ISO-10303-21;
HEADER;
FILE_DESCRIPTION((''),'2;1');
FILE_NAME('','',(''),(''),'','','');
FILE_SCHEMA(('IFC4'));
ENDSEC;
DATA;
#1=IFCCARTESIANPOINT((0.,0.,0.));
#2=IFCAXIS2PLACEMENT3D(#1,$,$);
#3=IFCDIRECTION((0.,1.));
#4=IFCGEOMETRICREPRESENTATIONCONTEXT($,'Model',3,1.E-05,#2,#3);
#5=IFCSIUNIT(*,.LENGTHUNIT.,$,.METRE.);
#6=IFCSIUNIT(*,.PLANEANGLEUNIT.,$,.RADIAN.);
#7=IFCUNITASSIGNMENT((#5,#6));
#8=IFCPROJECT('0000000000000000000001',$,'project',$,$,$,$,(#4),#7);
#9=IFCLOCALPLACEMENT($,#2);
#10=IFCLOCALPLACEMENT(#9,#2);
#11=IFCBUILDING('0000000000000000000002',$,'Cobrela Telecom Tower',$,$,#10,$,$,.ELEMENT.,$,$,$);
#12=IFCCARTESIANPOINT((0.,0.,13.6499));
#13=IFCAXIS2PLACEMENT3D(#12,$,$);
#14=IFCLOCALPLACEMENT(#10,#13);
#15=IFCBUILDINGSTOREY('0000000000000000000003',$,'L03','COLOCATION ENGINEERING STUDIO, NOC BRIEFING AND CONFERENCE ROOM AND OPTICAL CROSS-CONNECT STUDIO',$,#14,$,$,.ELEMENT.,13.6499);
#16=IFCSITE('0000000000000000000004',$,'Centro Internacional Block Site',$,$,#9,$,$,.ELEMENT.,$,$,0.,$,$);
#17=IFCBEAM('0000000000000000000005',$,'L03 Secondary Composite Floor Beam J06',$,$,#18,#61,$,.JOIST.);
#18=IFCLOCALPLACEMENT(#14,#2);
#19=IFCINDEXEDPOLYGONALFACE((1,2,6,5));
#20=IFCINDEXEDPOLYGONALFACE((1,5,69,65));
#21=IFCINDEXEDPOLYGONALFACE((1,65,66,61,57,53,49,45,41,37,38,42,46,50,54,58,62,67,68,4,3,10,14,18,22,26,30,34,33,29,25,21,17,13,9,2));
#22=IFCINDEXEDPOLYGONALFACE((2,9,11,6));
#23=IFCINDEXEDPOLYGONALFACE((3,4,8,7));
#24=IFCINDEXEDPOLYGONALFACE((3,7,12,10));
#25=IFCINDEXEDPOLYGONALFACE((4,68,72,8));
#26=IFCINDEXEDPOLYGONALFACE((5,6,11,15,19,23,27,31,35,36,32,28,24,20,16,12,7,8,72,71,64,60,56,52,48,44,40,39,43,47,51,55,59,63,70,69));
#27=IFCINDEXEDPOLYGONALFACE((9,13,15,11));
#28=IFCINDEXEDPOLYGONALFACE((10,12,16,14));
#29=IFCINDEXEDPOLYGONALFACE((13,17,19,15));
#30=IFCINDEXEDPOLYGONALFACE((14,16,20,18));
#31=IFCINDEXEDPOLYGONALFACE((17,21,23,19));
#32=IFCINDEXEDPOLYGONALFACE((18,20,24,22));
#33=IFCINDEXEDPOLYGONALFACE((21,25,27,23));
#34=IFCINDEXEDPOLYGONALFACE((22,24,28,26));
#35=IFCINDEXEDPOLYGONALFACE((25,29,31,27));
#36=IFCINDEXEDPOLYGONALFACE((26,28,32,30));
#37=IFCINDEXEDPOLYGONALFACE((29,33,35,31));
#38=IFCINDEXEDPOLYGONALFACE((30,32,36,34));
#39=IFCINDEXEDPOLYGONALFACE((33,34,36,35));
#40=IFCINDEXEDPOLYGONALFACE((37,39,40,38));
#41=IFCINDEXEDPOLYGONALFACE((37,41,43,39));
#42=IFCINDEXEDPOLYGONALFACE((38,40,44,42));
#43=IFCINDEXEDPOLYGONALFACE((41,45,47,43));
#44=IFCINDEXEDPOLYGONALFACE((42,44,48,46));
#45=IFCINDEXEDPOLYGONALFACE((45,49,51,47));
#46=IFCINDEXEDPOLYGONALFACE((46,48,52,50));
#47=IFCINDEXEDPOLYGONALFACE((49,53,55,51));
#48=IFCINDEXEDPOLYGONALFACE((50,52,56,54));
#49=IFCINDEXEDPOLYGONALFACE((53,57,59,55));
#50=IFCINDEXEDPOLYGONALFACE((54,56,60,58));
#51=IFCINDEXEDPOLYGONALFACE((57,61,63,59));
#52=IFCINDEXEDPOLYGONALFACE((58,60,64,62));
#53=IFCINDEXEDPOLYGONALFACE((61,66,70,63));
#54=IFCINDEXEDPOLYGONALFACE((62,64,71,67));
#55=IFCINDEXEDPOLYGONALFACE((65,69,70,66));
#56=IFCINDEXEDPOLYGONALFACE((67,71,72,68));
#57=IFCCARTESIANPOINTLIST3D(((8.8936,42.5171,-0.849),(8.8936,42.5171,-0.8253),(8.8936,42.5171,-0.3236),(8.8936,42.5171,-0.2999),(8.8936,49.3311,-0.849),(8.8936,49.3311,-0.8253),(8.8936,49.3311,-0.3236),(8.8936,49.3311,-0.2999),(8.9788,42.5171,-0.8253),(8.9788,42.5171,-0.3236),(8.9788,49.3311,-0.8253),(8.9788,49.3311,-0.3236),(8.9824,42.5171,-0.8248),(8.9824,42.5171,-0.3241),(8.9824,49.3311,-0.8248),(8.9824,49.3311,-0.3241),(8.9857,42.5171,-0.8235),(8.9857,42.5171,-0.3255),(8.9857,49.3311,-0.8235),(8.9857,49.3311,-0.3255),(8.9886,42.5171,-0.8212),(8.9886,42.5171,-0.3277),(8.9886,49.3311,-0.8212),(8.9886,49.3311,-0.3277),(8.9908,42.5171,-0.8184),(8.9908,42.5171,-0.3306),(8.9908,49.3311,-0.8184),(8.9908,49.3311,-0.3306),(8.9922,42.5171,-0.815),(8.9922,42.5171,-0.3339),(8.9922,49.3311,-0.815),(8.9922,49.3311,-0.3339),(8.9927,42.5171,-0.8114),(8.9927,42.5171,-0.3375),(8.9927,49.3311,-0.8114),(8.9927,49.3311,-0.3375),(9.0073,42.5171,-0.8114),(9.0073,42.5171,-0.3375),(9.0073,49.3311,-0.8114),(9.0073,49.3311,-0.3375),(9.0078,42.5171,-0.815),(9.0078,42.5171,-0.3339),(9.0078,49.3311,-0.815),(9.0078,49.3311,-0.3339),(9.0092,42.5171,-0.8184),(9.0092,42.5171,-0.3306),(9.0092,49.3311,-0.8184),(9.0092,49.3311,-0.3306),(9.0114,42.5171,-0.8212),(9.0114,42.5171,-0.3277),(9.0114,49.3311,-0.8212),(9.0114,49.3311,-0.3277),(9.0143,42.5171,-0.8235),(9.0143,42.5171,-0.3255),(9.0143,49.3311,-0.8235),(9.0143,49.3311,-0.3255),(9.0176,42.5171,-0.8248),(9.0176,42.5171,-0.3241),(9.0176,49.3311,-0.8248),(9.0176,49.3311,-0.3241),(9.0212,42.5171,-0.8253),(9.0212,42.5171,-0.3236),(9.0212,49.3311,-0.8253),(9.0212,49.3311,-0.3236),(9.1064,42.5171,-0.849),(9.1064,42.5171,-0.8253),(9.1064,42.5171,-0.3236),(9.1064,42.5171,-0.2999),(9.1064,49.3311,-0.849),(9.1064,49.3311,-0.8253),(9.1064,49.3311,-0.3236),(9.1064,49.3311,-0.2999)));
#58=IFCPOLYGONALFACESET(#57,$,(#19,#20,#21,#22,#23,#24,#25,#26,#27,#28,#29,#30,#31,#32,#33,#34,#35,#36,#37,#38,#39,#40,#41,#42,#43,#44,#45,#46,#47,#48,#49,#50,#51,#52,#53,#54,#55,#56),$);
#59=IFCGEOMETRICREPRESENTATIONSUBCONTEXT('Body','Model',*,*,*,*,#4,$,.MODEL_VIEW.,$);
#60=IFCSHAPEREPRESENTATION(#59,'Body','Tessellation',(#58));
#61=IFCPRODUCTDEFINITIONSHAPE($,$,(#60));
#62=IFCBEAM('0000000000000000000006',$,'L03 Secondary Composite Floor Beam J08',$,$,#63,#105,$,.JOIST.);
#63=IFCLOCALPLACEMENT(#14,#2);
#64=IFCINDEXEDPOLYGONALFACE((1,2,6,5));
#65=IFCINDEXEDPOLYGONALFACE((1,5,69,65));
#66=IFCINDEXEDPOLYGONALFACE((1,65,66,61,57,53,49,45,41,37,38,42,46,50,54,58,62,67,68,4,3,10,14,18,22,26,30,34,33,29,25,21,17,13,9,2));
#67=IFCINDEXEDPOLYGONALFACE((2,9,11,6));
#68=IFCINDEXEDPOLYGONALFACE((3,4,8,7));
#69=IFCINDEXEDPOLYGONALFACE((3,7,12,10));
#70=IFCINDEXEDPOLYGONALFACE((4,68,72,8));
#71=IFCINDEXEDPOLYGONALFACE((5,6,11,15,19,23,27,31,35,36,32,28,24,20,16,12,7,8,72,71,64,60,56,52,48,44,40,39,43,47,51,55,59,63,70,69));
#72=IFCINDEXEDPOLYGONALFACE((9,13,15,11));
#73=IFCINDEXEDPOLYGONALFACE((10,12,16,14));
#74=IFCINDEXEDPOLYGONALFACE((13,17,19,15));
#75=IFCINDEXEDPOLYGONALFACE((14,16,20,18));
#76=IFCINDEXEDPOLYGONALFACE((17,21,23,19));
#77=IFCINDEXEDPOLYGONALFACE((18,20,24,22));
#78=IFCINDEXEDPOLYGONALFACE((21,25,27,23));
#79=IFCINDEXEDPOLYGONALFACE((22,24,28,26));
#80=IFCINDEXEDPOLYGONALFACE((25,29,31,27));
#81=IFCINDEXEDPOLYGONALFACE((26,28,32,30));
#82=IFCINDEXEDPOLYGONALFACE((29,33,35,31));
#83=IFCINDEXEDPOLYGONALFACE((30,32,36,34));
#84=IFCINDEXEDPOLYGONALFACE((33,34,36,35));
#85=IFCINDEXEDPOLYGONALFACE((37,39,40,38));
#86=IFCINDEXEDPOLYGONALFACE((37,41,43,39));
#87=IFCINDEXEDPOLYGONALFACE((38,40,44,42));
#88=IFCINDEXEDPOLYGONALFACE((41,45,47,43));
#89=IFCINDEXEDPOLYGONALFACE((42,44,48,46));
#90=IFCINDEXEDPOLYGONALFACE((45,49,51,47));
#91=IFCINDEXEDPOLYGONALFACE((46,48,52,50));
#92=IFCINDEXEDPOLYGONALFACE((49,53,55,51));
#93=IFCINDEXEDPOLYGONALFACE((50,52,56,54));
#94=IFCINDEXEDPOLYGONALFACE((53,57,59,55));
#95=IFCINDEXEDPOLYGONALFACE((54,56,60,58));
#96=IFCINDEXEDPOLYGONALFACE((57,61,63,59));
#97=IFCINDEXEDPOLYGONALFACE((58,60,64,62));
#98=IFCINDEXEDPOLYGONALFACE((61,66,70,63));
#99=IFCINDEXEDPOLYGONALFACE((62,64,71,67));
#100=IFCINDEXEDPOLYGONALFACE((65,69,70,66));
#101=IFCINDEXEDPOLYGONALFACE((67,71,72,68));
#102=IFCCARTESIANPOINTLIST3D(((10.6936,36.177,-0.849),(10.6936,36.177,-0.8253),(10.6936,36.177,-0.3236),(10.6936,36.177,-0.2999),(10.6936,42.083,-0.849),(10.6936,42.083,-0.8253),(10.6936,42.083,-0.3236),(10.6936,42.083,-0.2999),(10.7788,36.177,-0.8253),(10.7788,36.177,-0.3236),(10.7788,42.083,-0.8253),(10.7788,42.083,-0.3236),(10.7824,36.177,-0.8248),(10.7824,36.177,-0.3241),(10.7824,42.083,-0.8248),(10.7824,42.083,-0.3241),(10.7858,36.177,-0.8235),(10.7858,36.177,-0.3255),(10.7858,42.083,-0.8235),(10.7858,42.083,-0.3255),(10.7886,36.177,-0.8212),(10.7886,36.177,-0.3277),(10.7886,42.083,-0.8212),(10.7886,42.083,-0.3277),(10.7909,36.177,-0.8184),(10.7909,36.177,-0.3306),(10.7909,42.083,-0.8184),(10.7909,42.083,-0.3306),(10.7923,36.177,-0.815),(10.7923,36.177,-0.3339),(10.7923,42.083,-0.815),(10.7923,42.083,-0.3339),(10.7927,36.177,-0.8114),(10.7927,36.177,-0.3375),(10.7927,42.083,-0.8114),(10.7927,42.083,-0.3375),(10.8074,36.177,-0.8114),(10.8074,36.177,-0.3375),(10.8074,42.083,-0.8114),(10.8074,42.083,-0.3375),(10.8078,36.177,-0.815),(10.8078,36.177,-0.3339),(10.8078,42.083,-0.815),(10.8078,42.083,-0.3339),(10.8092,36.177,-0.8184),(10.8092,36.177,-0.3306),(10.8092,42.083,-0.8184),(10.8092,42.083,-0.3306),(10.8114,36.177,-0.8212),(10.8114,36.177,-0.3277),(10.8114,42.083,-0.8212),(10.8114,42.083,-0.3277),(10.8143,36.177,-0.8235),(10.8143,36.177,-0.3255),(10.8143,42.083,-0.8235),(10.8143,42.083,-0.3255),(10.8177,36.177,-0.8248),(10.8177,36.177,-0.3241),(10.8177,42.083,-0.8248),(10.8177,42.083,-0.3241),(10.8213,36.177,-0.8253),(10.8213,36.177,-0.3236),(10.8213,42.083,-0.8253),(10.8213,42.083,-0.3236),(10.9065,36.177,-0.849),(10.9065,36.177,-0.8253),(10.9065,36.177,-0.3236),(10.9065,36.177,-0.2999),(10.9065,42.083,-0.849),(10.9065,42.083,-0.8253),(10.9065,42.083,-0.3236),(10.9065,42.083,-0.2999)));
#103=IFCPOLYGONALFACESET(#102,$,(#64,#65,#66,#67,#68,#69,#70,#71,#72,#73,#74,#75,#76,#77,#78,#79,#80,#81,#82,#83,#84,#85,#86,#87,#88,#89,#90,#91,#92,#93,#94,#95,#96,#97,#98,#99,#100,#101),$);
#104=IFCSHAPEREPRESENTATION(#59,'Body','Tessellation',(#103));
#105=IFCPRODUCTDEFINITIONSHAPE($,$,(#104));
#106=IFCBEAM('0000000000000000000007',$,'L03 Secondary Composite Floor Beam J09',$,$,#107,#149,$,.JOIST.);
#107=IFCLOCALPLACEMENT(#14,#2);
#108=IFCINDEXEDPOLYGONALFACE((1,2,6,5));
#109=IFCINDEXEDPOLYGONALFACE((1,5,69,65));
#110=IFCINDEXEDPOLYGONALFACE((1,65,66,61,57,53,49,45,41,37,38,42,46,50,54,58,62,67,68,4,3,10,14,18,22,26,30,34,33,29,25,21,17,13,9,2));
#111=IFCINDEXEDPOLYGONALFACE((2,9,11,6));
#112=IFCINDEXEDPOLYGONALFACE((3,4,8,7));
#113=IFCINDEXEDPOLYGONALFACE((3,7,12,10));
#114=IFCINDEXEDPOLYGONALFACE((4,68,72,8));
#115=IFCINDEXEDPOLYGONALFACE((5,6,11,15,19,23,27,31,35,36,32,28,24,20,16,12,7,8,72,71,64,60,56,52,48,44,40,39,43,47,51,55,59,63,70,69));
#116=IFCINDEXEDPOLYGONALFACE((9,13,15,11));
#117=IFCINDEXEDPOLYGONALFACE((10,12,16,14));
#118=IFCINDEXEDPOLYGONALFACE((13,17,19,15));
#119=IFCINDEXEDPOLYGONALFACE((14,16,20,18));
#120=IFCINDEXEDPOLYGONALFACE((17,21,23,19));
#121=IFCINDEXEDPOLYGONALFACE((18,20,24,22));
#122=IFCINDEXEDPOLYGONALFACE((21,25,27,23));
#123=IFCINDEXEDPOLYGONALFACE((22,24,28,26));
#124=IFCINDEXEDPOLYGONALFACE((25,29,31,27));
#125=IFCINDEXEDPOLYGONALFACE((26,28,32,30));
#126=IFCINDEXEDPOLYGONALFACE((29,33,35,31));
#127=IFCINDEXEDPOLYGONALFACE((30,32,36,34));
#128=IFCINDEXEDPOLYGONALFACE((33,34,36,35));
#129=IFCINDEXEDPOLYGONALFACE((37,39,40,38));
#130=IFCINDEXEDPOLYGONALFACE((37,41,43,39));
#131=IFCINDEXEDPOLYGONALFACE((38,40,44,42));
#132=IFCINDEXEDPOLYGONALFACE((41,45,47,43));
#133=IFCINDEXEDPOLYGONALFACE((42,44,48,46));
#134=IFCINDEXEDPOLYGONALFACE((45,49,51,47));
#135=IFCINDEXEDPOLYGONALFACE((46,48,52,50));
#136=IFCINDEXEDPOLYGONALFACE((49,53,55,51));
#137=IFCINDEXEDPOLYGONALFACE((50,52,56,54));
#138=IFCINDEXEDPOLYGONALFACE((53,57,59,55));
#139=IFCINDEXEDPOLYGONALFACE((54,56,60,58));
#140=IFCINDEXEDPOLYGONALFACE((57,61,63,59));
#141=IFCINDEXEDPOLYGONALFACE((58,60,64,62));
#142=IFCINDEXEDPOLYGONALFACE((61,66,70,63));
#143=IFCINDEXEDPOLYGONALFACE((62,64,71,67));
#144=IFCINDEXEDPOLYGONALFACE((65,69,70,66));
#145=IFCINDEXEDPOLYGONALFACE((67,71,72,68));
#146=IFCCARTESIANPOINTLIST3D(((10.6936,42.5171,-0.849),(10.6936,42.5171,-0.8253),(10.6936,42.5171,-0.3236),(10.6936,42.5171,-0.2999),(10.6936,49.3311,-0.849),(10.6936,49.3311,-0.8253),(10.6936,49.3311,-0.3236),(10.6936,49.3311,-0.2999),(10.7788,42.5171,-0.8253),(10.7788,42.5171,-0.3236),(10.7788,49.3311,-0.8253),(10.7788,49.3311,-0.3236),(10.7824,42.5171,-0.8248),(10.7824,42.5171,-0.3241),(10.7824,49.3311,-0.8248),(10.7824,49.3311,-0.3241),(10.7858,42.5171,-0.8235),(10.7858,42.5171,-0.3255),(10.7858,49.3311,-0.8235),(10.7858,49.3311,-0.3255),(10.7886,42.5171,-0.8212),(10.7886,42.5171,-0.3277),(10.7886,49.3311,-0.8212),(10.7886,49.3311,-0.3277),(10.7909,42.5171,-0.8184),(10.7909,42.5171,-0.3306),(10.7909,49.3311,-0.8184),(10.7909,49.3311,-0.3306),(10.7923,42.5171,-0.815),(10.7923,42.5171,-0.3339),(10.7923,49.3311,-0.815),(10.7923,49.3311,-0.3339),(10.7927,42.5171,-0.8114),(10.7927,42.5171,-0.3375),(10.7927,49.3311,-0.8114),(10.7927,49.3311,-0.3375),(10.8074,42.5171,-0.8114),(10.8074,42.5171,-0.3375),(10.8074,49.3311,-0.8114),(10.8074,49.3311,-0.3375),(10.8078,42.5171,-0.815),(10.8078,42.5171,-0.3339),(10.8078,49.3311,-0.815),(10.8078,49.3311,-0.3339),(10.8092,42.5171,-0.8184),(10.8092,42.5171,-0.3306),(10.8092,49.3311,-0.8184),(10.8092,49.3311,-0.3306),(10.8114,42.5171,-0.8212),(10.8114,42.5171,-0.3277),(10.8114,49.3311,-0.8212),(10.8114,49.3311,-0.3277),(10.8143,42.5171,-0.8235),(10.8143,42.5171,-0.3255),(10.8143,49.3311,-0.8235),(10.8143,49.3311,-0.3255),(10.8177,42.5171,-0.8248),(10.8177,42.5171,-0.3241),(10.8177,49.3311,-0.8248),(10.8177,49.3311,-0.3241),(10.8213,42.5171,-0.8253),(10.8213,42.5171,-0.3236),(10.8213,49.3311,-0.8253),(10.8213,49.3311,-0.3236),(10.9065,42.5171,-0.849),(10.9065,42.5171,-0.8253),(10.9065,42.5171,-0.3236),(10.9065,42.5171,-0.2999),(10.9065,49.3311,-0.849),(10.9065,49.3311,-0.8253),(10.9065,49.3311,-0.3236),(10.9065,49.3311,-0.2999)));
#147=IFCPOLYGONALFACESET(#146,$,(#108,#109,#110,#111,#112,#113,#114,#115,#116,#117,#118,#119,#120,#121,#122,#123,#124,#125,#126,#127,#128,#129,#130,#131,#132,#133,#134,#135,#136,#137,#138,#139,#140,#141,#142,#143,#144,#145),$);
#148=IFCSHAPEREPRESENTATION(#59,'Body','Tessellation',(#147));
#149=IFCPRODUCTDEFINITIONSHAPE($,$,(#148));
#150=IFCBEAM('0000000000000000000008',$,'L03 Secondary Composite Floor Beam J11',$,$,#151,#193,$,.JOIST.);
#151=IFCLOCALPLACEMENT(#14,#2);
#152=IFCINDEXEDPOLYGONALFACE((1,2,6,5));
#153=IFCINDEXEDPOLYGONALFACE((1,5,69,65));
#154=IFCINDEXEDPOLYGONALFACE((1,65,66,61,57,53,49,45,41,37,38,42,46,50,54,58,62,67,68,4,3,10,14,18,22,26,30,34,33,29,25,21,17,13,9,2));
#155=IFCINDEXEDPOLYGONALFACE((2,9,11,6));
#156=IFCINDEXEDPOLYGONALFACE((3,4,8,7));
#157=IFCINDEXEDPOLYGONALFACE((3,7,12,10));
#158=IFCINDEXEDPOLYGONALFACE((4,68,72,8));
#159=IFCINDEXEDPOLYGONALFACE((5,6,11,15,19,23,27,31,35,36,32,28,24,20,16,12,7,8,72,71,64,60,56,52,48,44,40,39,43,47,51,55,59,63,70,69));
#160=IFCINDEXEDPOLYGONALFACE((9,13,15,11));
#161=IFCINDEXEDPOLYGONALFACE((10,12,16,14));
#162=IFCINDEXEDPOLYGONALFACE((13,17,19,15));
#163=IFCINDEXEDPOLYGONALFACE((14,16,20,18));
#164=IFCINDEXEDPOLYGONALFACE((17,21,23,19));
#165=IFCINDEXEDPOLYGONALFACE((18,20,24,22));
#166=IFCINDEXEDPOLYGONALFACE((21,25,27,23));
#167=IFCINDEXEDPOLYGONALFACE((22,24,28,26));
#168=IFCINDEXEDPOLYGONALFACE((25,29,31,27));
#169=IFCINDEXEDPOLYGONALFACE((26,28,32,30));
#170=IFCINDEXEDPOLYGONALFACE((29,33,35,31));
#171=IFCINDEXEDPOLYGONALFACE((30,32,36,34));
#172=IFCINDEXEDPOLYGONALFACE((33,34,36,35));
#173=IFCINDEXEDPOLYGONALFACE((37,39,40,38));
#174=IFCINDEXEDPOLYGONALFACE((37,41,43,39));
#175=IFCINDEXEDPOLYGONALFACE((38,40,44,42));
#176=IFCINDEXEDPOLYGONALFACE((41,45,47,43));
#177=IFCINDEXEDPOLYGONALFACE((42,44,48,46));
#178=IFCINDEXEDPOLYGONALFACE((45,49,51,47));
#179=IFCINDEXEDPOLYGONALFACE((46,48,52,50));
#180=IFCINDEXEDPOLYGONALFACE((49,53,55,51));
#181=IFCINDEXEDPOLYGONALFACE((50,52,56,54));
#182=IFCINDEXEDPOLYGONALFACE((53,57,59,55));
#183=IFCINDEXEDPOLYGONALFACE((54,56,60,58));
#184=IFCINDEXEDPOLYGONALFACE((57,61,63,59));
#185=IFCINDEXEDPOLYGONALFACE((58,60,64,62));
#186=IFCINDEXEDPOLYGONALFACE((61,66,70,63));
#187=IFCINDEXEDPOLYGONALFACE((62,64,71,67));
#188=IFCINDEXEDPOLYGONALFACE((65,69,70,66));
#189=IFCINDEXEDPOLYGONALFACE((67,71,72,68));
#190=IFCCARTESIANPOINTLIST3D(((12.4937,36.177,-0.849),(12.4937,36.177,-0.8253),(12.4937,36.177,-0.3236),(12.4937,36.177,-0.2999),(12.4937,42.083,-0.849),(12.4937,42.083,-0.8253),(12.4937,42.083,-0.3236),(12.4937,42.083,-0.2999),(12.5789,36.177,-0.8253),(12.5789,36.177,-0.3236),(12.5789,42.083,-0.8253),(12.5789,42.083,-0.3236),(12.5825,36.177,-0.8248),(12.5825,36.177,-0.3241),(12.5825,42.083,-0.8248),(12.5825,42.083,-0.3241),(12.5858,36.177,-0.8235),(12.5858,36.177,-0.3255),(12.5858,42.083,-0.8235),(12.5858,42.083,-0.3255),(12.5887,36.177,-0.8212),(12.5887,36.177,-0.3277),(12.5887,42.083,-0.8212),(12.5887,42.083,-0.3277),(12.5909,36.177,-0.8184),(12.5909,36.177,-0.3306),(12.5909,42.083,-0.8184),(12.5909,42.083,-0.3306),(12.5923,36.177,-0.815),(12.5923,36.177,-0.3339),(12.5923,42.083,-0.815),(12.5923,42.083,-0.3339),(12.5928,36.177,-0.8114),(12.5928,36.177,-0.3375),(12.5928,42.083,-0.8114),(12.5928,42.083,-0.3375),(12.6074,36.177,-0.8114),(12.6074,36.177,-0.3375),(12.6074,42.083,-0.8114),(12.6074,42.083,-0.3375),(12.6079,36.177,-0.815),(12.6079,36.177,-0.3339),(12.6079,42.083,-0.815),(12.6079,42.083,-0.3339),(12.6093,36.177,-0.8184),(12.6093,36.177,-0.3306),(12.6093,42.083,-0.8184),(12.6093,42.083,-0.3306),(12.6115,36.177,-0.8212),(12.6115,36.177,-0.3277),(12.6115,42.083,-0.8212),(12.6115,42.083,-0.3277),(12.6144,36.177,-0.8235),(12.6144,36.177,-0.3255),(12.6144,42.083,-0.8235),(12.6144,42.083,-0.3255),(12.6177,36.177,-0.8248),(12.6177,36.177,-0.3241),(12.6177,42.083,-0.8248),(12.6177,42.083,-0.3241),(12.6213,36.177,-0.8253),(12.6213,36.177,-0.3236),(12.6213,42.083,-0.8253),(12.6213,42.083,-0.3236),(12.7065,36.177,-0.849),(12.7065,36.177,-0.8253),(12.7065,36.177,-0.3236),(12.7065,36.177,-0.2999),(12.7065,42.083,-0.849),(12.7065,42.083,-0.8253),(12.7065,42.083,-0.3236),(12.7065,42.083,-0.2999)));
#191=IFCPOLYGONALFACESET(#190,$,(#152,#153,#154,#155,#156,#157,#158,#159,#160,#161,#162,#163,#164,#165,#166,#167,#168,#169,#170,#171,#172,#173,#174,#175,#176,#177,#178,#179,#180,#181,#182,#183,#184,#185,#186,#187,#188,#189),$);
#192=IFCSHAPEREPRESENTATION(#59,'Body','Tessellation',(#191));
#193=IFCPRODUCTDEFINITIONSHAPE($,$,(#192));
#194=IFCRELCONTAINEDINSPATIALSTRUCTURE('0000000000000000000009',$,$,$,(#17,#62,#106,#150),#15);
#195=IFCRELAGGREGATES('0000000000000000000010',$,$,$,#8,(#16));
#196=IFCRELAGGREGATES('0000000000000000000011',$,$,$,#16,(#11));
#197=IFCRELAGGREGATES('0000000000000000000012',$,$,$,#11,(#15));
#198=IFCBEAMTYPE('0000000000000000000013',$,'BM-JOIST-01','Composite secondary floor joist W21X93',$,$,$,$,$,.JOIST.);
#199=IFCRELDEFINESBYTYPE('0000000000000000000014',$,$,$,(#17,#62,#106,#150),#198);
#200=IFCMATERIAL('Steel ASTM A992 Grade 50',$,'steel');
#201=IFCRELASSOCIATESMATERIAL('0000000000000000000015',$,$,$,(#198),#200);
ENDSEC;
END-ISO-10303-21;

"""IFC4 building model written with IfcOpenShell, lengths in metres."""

from ifc_helpers import new_model, si_unit, direction, frame, origin, origin_2d, place, context, subcontext, project, spatial, i_section, extrude, material, material_profile, profile_set, type_object, element, save


model = new_model("IFC4")

# Units and contexts
model_context = context("Model", 3, precision=1e-05, world=origin(), true_north=direction((0.0, 1.0)))
body_context = subcontext(model_context, "Body", "Model", "MODEL_VIEW")
ifc_project = project(units=[si_unit("LENGTHUNIT", "METRE"), si_unit("PLANEANGLEUNIT", "RADIAN")], contexts=[model_context])

# Site, building, storey
site_placement = place(None, origin())
site = spatial("IfcSite", under=ifc_project, at=site_placement, Name="Centro Internacional Block Site", CompositionType="ELEMENT", RefElevation=0.0)
building_placement = place(site_placement, origin())
building = spatial("IfcBuilding", under=site, at=building_placement, Name="Cobrela Telecom Tower", CompositionType="ELEMENT")
storey_placement = place(building_placement, frame((0.0, 0.0, 13.6499)))
storey = spatial("IfcBuildingStorey", under=building, at=storey_placement, Name="L03", Description="COLOCATION ENGINEERING STUDIO, NOC BRIEFING AND CONFERENCE ROOM AND OPTICAL CROSS-CONNECT STUDIO", CompositionType="ELEMENT", Elevation=13.6499)

# Beams
ifc_material_1 = material(Name="Steel ASTM A992 Grade 50", Category="steel")
ifc_material_profile_1 = material_profile(ifc_material_1, i_section(OverallWidth=0.2129, OverallDepth=0.5491, WebThickness=0.0146, FlangeThickness=0.0237, FilletRadius=0.0139, at=origin_2d()), Name="W21X93")
ifc_profile_set_1 = profile_set([ifc_material_profile_1], Name="Steel ASTM A992 Grade 50")
beam_type_1 = type_object("IfcBeamType", Name="BM-JOIST-01", Description="Composite secondary floor joist W21X93", PredefinedType="JOIST", material=ifc_profile_set_1)
beam_1_placement = place(storey_placement, frame((9.0, 42.5171, -0.5745), z_axis=(0.0, 1.0, 0.0), x_axis=(-1.0, 0.0, 0.0)))
element("IfcBeam", 1, at=beam_1_placement, inside=storey, type_object=beam_type_1, Name="L03 Secondary Composite Floor Beam J06", PredefinedType="JOIST", context=body_context, shape_type="SweptSolid", body=[
    extrude(i_section(OverallWidth=0.2129, OverallDepth=0.5491, WebThickness=0.0146, FlangeThickness=0.0237, FilletRadius=0.0139, at=origin_2d()), origin(), (0.0, 0.0, 1.0), 6.814),
])
beam_2_placement = place(storey_placement, frame((10.8, 36.177, -0.5745), z_axis=(0.0, 1.0, 0.0), x_axis=(-1.0, 0.0, 0.0)))
element("IfcBeam", 2, at=beam_2_placement, inside=storey, type_object=beam_type_1, Name="L03 Secondary Composite Floor Beam J08", PredefinedType="JOIST", context=body_context, shape_type="SweptSolid", body=[
    extrude(i_section(OverallWidth=0.2129, OverallDepth=0.5491, WebThickness=0.0146, FlangeThickness=0.0237, FilletRadius=0.0139, at=origin_2d()), origin(), (0.0, 0.0, 1.0), 5.906),
])
beam_3_placement = place(storey_placement, frame((10.8, 42.5171, -0.5745), z_axis=(0.0, 1.0, 0.0), x_axis=(-1.0, 0.0, 0.0)))
element("IfcBeam", 3, at=beam_3_placement, inside=storey, type_object=beam_type_1, Name="L03 Secondary Composite Floor Beam J09", PredefinedType="JOIST", context=body_context, shape_type="SweptSolid", body=[
    extrude(i_section(OverallWidth=0.2129, OverallDepth=0.5491, WebThickness=0.0146, FlangeThickness=0.0237, FilletRadius=0.0139, at=origin_2d()), origin(), (0.0, 0.0, 1.0), 6.814),
])
beam_4_placement = place(storey_placement, frame((12.6001, 36.177, -0.5745), z_axis=(0.0, 1.0, 0.0), x_axis=(-1.0, 0.0, 0.0)))
element("IfcBeam", 4, at=beam_4_placement, inside=storey, type_object=beam_type_1, Name="L03 Secondary Composite Floor Beam J11", PredefinedType="JOIST", context=body_context, shape_type="SweptSolid", body=[
    extrude(i_section(OverallWidth=0.2129, OverallDepth=0.5491, WebThickness=0.0146, FlangeThickness=0.0237, FilletRadius=0.0139, at=origin_2d()), origin(), (0.0, 0.0, 1.0), 5.906),
])

save(model, "model.ifc")
